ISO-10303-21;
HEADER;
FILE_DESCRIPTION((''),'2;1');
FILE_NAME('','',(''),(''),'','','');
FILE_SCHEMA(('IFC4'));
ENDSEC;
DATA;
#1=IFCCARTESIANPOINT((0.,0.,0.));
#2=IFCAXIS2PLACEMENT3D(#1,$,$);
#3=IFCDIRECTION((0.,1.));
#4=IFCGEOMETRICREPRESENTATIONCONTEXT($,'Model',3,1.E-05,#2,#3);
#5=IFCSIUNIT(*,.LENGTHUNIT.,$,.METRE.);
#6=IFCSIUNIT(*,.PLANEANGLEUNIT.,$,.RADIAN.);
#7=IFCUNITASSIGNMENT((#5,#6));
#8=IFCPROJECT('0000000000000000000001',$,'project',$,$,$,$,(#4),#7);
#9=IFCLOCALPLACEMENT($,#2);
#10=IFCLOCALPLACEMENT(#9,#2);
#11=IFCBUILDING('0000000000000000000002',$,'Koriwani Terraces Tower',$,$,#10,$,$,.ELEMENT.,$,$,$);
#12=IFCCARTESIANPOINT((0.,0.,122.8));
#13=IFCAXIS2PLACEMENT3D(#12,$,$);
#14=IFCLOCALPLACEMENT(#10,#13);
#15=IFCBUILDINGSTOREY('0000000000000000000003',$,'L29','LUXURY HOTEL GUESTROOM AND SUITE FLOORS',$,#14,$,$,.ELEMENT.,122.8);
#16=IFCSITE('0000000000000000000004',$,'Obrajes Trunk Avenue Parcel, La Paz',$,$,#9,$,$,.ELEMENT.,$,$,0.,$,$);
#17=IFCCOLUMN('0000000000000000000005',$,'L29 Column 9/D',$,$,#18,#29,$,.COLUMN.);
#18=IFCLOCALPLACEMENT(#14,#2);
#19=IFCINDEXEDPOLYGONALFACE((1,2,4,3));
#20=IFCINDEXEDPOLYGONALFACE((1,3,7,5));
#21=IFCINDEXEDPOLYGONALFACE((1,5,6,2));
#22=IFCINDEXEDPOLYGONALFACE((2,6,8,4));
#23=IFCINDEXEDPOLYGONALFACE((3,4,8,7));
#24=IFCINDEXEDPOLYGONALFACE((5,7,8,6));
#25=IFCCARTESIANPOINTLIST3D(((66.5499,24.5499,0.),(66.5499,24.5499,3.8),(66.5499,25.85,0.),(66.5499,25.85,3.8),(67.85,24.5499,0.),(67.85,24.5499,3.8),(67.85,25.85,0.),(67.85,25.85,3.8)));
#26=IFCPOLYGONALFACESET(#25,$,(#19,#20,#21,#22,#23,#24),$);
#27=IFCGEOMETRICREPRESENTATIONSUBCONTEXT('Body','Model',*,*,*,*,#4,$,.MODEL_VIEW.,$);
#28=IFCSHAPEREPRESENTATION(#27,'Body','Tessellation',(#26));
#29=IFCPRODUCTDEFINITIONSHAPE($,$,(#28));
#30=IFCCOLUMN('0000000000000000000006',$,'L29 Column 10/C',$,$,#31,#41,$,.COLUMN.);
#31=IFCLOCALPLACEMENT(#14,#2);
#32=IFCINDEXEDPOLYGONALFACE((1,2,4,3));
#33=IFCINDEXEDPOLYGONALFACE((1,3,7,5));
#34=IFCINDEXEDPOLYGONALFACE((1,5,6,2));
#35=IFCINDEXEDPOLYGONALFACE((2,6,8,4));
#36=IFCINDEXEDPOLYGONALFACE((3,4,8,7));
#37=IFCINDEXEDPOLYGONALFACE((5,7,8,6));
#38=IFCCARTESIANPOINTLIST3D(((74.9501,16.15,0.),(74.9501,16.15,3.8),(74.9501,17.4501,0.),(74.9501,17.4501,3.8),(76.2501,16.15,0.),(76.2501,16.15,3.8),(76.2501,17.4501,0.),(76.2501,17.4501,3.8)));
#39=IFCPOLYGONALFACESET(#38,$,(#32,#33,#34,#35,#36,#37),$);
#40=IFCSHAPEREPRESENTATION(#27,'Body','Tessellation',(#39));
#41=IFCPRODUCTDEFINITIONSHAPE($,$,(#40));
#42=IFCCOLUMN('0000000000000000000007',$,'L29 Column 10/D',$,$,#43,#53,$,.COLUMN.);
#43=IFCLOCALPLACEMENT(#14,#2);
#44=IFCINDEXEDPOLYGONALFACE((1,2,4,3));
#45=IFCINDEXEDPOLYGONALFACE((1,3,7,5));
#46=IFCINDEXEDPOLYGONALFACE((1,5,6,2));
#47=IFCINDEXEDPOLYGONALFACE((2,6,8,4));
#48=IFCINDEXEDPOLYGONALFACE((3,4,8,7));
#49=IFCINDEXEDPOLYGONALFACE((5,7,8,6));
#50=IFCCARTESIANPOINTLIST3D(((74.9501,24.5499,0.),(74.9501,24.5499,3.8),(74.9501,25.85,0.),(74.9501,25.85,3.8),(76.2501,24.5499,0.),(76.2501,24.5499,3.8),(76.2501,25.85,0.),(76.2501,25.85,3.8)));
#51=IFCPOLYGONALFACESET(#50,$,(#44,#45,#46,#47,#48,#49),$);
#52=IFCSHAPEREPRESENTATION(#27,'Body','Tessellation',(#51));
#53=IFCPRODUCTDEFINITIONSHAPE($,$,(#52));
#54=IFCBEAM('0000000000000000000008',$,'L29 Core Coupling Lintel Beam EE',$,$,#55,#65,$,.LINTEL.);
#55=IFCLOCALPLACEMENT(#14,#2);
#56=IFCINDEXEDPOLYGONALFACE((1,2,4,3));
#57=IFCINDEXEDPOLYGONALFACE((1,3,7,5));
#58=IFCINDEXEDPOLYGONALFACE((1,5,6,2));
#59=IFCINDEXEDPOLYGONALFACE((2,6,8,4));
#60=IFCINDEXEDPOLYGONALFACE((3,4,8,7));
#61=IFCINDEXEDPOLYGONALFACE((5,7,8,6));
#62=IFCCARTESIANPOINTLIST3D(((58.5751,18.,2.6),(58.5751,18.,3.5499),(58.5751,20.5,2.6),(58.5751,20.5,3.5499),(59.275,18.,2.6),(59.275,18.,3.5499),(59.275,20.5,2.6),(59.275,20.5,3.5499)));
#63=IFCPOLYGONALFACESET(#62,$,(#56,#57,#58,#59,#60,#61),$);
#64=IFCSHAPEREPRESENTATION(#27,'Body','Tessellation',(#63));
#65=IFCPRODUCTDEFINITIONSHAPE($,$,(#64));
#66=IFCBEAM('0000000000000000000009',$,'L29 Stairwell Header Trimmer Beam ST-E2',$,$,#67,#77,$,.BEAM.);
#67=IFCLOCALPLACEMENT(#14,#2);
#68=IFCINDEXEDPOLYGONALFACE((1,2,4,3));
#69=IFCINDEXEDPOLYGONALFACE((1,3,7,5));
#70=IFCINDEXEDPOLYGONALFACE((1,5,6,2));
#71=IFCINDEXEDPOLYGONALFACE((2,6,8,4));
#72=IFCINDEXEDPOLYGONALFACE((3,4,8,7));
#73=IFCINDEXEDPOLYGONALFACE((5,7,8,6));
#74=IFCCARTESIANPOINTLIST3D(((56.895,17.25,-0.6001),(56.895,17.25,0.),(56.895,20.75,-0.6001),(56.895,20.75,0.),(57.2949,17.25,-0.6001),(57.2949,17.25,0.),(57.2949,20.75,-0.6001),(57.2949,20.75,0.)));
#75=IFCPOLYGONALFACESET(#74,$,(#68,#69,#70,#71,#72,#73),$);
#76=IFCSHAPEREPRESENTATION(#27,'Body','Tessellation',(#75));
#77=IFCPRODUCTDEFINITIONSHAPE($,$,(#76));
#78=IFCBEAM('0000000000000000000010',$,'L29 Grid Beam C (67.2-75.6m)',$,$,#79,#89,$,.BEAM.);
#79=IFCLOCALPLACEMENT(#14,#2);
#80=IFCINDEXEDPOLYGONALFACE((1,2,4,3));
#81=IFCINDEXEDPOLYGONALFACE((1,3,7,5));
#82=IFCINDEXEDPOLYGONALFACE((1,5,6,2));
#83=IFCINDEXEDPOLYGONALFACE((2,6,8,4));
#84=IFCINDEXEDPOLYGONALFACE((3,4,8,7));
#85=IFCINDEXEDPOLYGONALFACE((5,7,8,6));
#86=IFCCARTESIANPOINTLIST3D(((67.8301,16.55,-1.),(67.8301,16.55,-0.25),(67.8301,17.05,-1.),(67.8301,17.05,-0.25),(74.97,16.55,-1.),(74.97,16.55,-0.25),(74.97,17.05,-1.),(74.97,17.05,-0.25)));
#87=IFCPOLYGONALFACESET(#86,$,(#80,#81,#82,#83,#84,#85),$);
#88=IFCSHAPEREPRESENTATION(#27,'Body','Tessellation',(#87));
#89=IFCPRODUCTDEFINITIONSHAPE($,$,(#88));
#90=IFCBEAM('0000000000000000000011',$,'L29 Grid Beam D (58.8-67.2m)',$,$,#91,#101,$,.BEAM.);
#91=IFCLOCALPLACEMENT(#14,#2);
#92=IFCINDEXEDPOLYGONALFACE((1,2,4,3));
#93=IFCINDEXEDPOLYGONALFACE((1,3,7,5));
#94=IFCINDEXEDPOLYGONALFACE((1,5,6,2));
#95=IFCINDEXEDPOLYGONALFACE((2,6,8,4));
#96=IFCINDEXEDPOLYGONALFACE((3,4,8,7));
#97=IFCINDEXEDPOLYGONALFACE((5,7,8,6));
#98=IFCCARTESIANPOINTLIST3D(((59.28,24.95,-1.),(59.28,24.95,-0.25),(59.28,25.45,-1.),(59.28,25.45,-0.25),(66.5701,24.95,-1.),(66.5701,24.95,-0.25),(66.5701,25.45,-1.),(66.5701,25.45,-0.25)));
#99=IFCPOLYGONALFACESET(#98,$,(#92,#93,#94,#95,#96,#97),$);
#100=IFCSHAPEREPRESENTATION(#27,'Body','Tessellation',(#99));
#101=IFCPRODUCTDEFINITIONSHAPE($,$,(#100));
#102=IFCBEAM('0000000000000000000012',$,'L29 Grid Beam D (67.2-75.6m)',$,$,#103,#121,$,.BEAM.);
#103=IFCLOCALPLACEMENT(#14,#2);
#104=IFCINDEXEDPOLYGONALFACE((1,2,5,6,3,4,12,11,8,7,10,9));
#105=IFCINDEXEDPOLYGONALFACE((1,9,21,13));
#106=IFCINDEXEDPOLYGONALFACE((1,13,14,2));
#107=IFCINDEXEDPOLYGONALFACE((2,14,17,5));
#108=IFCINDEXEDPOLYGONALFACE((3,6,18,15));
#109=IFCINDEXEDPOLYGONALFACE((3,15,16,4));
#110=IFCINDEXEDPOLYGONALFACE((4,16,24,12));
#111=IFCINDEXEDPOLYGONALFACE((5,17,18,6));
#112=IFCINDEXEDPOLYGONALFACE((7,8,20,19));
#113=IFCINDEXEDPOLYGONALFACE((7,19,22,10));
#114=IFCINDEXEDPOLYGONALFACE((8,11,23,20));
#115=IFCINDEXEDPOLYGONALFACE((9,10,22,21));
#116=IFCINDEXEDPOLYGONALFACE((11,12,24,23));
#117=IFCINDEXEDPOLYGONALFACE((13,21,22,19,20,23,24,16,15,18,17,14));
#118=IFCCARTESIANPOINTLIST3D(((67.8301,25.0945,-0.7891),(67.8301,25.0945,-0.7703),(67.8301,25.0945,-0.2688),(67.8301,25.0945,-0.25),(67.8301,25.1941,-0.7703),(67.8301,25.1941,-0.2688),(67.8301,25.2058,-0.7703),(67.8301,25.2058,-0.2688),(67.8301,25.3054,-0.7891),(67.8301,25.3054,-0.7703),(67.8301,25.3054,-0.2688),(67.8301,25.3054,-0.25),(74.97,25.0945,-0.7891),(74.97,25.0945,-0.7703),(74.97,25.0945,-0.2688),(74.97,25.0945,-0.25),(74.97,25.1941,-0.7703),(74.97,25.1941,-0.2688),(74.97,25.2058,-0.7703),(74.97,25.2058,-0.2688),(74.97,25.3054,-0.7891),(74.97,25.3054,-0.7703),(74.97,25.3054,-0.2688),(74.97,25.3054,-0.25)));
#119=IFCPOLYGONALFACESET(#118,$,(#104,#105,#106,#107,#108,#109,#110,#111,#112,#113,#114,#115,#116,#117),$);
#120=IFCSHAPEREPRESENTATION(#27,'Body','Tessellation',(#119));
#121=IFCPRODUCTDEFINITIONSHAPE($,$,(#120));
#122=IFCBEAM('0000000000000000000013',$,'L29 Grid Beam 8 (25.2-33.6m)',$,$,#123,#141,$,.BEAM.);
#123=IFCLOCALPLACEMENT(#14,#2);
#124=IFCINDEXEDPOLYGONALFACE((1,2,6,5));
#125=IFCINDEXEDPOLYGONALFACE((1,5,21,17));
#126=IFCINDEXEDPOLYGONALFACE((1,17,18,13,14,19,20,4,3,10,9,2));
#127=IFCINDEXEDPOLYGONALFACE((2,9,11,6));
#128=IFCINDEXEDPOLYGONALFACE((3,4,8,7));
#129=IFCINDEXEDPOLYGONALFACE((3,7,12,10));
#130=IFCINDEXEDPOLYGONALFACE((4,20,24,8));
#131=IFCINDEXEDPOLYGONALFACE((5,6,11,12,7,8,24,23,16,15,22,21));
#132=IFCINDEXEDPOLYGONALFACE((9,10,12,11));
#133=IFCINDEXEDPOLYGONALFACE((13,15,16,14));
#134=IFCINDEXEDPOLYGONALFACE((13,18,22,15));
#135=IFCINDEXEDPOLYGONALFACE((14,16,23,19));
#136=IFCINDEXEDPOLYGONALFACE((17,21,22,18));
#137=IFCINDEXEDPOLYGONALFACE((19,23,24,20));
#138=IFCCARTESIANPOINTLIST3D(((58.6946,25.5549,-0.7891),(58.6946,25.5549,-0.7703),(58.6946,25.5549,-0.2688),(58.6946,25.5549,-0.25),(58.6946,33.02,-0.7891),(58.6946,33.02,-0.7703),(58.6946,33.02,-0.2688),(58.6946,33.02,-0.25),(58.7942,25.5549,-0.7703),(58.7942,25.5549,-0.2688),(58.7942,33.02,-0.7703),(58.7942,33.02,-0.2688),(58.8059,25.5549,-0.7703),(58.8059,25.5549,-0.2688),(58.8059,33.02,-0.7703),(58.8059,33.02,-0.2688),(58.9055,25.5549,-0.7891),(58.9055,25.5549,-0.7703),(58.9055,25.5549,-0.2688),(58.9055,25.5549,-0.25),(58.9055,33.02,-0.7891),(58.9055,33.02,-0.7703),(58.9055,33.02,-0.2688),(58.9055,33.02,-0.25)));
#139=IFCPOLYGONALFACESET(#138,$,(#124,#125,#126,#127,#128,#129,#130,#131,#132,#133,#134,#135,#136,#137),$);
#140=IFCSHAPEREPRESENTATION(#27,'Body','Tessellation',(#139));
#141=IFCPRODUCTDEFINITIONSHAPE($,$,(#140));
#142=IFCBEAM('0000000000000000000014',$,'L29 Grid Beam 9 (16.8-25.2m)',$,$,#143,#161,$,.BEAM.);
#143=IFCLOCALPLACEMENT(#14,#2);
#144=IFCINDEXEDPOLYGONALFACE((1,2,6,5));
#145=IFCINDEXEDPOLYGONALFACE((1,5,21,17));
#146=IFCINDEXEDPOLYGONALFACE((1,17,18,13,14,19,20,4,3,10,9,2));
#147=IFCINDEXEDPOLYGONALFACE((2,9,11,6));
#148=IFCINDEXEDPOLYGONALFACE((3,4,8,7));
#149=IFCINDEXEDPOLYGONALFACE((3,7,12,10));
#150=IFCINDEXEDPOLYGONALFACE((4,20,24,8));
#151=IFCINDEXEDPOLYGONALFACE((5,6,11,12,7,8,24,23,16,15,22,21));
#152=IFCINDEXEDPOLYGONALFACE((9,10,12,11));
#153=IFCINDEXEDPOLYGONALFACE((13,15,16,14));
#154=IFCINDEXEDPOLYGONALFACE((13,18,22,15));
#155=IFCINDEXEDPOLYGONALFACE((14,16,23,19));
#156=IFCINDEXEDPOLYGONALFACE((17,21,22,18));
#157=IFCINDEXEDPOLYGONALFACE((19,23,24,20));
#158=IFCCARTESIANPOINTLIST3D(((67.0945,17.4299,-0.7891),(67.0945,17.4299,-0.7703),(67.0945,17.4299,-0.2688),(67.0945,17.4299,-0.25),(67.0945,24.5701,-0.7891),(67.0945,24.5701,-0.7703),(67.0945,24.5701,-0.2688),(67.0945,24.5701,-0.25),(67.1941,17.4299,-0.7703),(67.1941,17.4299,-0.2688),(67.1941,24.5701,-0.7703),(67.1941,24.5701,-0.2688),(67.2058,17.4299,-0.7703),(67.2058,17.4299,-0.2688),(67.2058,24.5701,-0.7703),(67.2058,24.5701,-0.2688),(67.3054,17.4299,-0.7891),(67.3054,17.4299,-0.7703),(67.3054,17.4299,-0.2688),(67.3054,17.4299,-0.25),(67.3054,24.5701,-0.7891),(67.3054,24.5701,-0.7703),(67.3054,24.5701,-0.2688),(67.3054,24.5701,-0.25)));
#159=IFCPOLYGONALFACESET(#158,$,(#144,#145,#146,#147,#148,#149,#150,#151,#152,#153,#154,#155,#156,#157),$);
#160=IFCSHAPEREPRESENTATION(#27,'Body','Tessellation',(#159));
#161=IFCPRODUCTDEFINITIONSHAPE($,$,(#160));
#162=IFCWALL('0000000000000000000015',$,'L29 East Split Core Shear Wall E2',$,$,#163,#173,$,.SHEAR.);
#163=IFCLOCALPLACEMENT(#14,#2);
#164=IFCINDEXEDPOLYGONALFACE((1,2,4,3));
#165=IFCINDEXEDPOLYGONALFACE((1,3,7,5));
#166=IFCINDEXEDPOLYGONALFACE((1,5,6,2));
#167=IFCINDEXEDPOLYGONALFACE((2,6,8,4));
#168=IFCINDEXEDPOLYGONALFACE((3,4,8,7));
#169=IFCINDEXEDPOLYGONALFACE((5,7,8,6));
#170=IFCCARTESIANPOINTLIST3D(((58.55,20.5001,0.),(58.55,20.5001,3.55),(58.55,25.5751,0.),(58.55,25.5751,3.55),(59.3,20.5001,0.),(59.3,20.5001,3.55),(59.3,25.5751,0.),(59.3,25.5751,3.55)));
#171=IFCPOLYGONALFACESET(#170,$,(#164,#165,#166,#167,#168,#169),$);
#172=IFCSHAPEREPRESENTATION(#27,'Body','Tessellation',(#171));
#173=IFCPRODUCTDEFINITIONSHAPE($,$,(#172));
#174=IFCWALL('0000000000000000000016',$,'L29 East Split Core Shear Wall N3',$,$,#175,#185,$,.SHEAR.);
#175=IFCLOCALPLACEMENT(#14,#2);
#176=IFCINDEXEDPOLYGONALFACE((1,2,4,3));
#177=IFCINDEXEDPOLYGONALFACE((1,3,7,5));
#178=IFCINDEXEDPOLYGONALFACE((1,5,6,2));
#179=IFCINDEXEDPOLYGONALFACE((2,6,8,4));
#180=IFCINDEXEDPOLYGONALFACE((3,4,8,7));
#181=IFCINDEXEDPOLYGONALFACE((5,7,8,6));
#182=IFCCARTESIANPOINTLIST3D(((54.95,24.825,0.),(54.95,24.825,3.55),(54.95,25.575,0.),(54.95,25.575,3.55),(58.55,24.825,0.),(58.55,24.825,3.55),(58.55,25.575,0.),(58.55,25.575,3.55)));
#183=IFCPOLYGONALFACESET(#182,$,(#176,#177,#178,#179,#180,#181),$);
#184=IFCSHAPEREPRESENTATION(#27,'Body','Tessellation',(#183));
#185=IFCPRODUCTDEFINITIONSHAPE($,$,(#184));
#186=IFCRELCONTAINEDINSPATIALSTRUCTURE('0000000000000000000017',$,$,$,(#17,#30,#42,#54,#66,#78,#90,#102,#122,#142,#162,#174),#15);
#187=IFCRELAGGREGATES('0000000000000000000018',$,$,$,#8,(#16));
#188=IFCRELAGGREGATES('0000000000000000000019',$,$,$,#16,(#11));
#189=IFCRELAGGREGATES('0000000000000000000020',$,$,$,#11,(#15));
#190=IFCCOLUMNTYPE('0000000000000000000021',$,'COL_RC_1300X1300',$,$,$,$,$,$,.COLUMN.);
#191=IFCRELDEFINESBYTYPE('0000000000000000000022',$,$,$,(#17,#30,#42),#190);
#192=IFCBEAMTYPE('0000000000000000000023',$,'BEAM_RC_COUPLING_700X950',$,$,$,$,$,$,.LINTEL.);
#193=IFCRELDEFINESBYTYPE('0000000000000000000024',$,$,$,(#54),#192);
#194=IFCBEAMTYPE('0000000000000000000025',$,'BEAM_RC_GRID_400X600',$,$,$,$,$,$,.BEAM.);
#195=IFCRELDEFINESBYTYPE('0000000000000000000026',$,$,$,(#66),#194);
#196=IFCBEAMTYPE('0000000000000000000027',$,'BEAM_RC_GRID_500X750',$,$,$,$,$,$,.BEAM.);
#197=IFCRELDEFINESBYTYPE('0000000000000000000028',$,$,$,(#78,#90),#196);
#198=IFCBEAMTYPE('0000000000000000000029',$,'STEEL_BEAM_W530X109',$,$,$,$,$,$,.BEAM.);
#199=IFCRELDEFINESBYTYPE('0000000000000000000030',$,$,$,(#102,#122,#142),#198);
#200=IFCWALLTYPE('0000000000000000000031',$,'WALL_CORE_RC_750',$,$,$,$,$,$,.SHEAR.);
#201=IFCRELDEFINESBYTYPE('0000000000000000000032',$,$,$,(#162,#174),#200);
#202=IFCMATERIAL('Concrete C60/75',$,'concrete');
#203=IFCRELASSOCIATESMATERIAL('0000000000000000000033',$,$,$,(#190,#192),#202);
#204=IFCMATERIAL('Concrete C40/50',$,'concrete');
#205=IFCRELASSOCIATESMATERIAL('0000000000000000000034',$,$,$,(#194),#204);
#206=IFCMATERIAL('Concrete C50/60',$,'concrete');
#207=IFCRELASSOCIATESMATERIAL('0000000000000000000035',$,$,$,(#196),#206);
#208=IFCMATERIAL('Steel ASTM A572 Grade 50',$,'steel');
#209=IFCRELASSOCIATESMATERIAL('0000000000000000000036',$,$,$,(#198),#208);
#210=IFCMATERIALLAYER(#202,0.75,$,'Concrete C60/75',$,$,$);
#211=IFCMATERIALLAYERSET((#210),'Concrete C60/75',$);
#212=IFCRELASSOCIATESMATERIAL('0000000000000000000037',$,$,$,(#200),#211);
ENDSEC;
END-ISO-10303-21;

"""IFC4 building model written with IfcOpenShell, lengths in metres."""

from ifc_helpers import new_model, si_unit, direction, frame, frame_2d, origin, origin_2d, place, context, subcontext, project, spatial, rectangle, i_section, extrude, material, layer, layer_set, material_profile, profile_set, type_object, element, save


model = new_model("IFC4")

# Units and contexts
model_context = context("Model", 3, precision=1e-05, world=origin(), true_north=direction((0.0, 1.0)))
body_context = subcontext(model_context, "Body", "Model", "MODEL_VIEW")
ifc_project = project(units=[si_unit("LENGTHUNIT", "METRE"), si_unit("PLANEANGLEUNIT", "RADIAN")], contexts=[model_context])

# Site, building, storey
site_placement = place(None, origin())
site = spatial("IfcSite", under=ifc_project, at=site_placement, Name="Obrajes Trunk Avenue Parcel, La Paz", CompositionType="ELEMENT", RefElevation=0.0)
building_placement = place(site_placement, origin())
building = spatial("IfcBuilding", under=site, at=building_placement, Name="Koriwani Terraces Tower", CompositionType="ELEMENT")
storey_placement = place(building_placement, frame((0.0, 0.0, 122.8)))
storey = spatial("IfcBuildingStorey", under=building, at=storey_placement, Name="L29", Description="LUXURY HOTEL GUESTROOM AND SUITE FLOORS", CompositionType="ELEMENT", Elevation=122.8)

# Columns
ifc_material_1 = material(Name="Concrete C60/75", Category="concrete")
ifc_material_profile_1 = material_profile(ifc_material_1, rectangle(XDim=1.3, YDim=1.3, at=origin_2d()), Name="Concrete C60/75", Category="LoadBearing")
ifc_profile_set_1 = profile_set([ifc_material_profile_1], Name="Concrete C60/75")
column_type = type_object("IfcColumnType", Name="COL_RC_1300X1300", PredefinedType="COLUMN", material=ifc_profile_set_1)
for number, where, z_axis, x_axis, name in (
    (1, (67.2, 25.2, 0.0), (0.0, 0.0, 1.0), (1.0, 0.0, 0.0), "L29 Column 9/D"),
    (2, (75.6001, 16.8, 0.0), (0.0, 0.0, 1.0), (1.0, 0.0, 0.0), "L29 Column 10/C"),
    (3, (75.6001, 25.2, 0.0), (0.0, 0.0, 1.0), (1.0, 0.0, 0.0), "L29 Column 10/D"),
):
    element("IfcColumn", number, at=place(storey_placement, frame(where, z_axis=z_axis, x_axis=x_axis)), inside=storey, type_object=column_type, Name=name, PredefinedType="COLUMN", context=body_context, shape_type="SweptSolid", body=[
        extrude(rectangle(XDim=1.3, YDim=1.3, at=origin_2d()), origin(), (0.0, 0.0, 1.0), 3.8),
    ])

# Beams
ifc_material_profile_2 = material_profile(ifc_material_1, rectangle(XDim=0.7, YDim=0.95, at=origin_2d()), Name="Concrete C60/75", Category="LoadBearing")
ifc_profile_set_2 = profile_set([ifc_material_profile_2], Name="Concrete C60/75")
beam_type_1 = type_object("IfcBeamType", Name="BEAM_RC_COUPLING_700X950", PredefinedType="LINTEL", material=ifc_profile_set_2)
beam_1_placement = place(storey_placement, frame((58.925, 18.0, 3.075), z_axis=(0.0, 1.0, 0.0), x_axis=(-1.0, 0.0, 0.0)))
element("IfcBeam", 4, at=beam_1_placement, inside=storey, type_object=beam_type_1, Name="L29 Core Coupling Lintel Beam EE", PredefinedType="LINTEL", context=body_context, shape_type="SweptSolid", body=[
    extrude(rectangle(XDim=0.7, YDim=0.95, at=origin_2d()), origin(), (0.0, 0.0, 1.0), 2.5),
])
ifc_material_2 = material(Name="Concrete C40/50", Category="concrete")
ifc_material_profile_3 = material_profile(ifc_material_2, rectangle(XDim=0.3999, YDim=0.6001, at=origin_2d()), Name="Concrete C40/50", Category="LoadBearing")
ifc_profile_set_3 = profile_set([ifc_material_profile_3], Name="Concrete C40/50")
beam_type_2 = type_object("IfcBeamType", Name="BEAM_RC_GRID_400X600", PredefinedType="BEAM", material=ifc_profile_set_3)
beam_2_placement = place(storey_placement, frame((57.095, 17.25, -0.3), z_axis=(0.0, 1.0, 0.0), x_axis=(-1.0, 0.0, 0.0)))
element("IfcBeam", 5, at=beam_2_placement, inside=storey, type_object=beam_type_2, Name="L29 Stairwell Header Trimmer Beam ST-E2", PredefinedType="BEAM", context=body_context, shape_type="SweptSolid", body=[
    extrude(rectangle(XDim=0.3999, YDim=0.6001, at=origin_2d()), origin(), (0.0, 0.0, 1.0), 3.5),
])
ifc_material_3 = material(Name="Concrete C50/60", Category="concrete")
ifc_material_profile_4 = material_profile(ifc_material_3, rectangle(XDim=0.5, YDim=0.75, at=origin_2d()), Name="Concrete C50/60", Category="LoadBearing")
ifc_profile_set_4 = profile_set([ifc_material_profile_4], Name="Concrete C50/60")
beam_type_3 = type_object("IfcBeamType", Name="BEAM_RC_GRID_500X750", PredefinedType="BEAM", material=ifc_profile_set_4)
beam_3_placement = place(storey_placement, frame((67.8301, 16.8, -0.625), z_axis=(1.0, 0.0, 0.0), x_axis=(0.0, 1.0, 0.0)))
element("IfcBeam", 6, at=beam_3_placement, inside=storey, type_object=beam_type_3, Name="L29 Grid Beam C (67.2-75.6m)", PredefinedType="BEAM", context=body_context, shape_type="SweptSolid", body=[
    extrude(rectangle(XDim=0.5, YDim=0.75, at=origin_2d()), origin(), (0.0, 0.0, 1.0), 7.1399),
])
beam_4_placement = place(storey_placement, frame((59.28, 25.2, -0.625), z_axis=(1.0, 0.0, 0.0), x_axis=(0.0, 1.0, 0.0)))
element("IfcBeam", 7, at=beam_4_placement, inside=storey, type_object=beam_type_3, Name="L29 Grid Beam D (58.8-67.2m)", PredefinedType="BEAM", context=body_context, shape_type="SweptSolid", body=[
    extrude(rectangle(XDim=0.5, YDim=0.75, at=origin_2d()), origin(), (0.0, 0.0, 1.0), 7.29),
])
ifc_material_4 = material(Name="Steel ASTM A572 Grade 50", Category="steel")
ifc_material_profile_5 = material_profile(ifc_material_4, i_section(OverallWidth=0.2109, OverallDepth=0.5391, WebThickness=0.0117, FlangeThickness=0.0188, at=origin_2d()), Name="Steel ASTM A572 Grade 50", Category="LoadBearing")
ifc_profile_set_5 = profile_set([ifc_material_profile_5], Name="Steel ASTM A572 Grade 50")
beam_type_4 = type_object("IfcBeamType", Name="STEEL_BEAM_W530X109", PredefinedType="BEAM", material=ifc_profile_set_5)
beam_5_placement = place(storey_placement, frame((67.8301, 25.2, -0.5195), z_axis=(1.0, 0.0, 0.0), x_axis=(0.0, 1.0, 0.0)))
element("IfcBeam", 8, at=beam_5_placement, inside=storey, type_object=beam_type_4, Name="L29 Grid Beam D (67.2-75.6m)", PredefinedType="BEAM", context=body_context, shape_type="SweptSolid", body=[
    extrude(i_section(OverallWidth=0.2109, OverallDepth=0.5391, WebThickness=0.0117, FlangeThickness=0.0188, at=origin_2d()), origin(), (0.0, 0.0, 1.0), 7.1399),
])
beam_6_placement = place(storey_placement, frame((58.8, 25.5549, -0.5195), z_axis=(0.0, 1.0, 0.0), x_axis=(-1.0, 0.0, 0.0)))
element("IfcBeam", 9, at=beam_6_placement, inside=storey, type_object=beam_type_4, Name="L29 Grid Beam 8 (25.2-33.6m)", PredefinedType="BEAM", context=body_context, shape_type="SweptSolid", body=[
    extrude(i_section(OverallWidth=0.2109, OverallDepth=0.5391, WebThickness=0.0117, FlangeThickness=0.0188, at=origin_2d()), origin(), (0.0, 0.0, 1.0), 7.4651),
])
beam_7_placement = place(storey_placement, frame((67.2, 17.4299, -0.5195), z_axis=(0.0, 1.0, 0.0), x_axis=(-1.0, 0.0, 0.0)))
element("IfcBeam", 10, at=beam_7_placement, inside=storey, type_object=beam_type_4, Name="L29 Grid Beam 9 (16.8-25.2m)", PredefinedType="BEAM", context=body_context, shape_type="SweptSolid", body=[
    extrude(i_section(OverallWidth=0.2109, OverallDepth=0.5391, WebThickness=0.0117, FlangeThickness=0.0188, at=origin_2d()), origin(), (0.0, 0.0, 1.0), 7.1401),
])

# Walls
ifc_layer_1 = layer(ifc_material_1, 0.75, Name="Concrete C60/75")
ifc_layer_set_1 = layer_set([ifc_layer_1], Name="Concrete C60/75")
wall_type_1 = type_object("IfcWallType", Name="WALL_CORE_RC_750", PredefinedType="SHEAR", material=ifc_layer_set_1)
wall_1_placement = place(storey_placement, frame((58.925, 20.5, 0.0), z_axis=(0.0, 0.0, 1.0), x_axis=(0.0, 1.0, 0.0)))
element("IfcWall", 11, at=wall_1_placement, inside=storey, type_object=wall_type_1, Name="L29 East Split Core Shear Wall E2", PredefinedType="SHEAR", context=body_context, shape_type="SweptSolid", body=[
    extrude(rectangle(XDim=5.075, YDim=0.75, at=frame_2d((2.5376, 0.0))), origin(), (0.0, 0.0, 1.0), 3.55),
])
wall_2_placement = place(storey_placement, frame((54.95, 25.2, 0.0), z_axis=(0.0, 0.0, 1.0), x_axis=(1.0, 0.0, 0.0)))
element("IfcWall", 12, at=wall_2_placement, inside=storey, type_object=wall_type_1, Name="L29 East Split Core Shear Wall N3", PredefinedType="SHEAR", context=body_context, shape_type="SweptSolid", body=[
    extrude(rectangle(XDim=3.6001, YDim=0.75, at=frame_2d((1.8, 0.0))), origin(), (0.0, 0.0, 1.0), 3.55),
])

save(model, "model.ifc")
